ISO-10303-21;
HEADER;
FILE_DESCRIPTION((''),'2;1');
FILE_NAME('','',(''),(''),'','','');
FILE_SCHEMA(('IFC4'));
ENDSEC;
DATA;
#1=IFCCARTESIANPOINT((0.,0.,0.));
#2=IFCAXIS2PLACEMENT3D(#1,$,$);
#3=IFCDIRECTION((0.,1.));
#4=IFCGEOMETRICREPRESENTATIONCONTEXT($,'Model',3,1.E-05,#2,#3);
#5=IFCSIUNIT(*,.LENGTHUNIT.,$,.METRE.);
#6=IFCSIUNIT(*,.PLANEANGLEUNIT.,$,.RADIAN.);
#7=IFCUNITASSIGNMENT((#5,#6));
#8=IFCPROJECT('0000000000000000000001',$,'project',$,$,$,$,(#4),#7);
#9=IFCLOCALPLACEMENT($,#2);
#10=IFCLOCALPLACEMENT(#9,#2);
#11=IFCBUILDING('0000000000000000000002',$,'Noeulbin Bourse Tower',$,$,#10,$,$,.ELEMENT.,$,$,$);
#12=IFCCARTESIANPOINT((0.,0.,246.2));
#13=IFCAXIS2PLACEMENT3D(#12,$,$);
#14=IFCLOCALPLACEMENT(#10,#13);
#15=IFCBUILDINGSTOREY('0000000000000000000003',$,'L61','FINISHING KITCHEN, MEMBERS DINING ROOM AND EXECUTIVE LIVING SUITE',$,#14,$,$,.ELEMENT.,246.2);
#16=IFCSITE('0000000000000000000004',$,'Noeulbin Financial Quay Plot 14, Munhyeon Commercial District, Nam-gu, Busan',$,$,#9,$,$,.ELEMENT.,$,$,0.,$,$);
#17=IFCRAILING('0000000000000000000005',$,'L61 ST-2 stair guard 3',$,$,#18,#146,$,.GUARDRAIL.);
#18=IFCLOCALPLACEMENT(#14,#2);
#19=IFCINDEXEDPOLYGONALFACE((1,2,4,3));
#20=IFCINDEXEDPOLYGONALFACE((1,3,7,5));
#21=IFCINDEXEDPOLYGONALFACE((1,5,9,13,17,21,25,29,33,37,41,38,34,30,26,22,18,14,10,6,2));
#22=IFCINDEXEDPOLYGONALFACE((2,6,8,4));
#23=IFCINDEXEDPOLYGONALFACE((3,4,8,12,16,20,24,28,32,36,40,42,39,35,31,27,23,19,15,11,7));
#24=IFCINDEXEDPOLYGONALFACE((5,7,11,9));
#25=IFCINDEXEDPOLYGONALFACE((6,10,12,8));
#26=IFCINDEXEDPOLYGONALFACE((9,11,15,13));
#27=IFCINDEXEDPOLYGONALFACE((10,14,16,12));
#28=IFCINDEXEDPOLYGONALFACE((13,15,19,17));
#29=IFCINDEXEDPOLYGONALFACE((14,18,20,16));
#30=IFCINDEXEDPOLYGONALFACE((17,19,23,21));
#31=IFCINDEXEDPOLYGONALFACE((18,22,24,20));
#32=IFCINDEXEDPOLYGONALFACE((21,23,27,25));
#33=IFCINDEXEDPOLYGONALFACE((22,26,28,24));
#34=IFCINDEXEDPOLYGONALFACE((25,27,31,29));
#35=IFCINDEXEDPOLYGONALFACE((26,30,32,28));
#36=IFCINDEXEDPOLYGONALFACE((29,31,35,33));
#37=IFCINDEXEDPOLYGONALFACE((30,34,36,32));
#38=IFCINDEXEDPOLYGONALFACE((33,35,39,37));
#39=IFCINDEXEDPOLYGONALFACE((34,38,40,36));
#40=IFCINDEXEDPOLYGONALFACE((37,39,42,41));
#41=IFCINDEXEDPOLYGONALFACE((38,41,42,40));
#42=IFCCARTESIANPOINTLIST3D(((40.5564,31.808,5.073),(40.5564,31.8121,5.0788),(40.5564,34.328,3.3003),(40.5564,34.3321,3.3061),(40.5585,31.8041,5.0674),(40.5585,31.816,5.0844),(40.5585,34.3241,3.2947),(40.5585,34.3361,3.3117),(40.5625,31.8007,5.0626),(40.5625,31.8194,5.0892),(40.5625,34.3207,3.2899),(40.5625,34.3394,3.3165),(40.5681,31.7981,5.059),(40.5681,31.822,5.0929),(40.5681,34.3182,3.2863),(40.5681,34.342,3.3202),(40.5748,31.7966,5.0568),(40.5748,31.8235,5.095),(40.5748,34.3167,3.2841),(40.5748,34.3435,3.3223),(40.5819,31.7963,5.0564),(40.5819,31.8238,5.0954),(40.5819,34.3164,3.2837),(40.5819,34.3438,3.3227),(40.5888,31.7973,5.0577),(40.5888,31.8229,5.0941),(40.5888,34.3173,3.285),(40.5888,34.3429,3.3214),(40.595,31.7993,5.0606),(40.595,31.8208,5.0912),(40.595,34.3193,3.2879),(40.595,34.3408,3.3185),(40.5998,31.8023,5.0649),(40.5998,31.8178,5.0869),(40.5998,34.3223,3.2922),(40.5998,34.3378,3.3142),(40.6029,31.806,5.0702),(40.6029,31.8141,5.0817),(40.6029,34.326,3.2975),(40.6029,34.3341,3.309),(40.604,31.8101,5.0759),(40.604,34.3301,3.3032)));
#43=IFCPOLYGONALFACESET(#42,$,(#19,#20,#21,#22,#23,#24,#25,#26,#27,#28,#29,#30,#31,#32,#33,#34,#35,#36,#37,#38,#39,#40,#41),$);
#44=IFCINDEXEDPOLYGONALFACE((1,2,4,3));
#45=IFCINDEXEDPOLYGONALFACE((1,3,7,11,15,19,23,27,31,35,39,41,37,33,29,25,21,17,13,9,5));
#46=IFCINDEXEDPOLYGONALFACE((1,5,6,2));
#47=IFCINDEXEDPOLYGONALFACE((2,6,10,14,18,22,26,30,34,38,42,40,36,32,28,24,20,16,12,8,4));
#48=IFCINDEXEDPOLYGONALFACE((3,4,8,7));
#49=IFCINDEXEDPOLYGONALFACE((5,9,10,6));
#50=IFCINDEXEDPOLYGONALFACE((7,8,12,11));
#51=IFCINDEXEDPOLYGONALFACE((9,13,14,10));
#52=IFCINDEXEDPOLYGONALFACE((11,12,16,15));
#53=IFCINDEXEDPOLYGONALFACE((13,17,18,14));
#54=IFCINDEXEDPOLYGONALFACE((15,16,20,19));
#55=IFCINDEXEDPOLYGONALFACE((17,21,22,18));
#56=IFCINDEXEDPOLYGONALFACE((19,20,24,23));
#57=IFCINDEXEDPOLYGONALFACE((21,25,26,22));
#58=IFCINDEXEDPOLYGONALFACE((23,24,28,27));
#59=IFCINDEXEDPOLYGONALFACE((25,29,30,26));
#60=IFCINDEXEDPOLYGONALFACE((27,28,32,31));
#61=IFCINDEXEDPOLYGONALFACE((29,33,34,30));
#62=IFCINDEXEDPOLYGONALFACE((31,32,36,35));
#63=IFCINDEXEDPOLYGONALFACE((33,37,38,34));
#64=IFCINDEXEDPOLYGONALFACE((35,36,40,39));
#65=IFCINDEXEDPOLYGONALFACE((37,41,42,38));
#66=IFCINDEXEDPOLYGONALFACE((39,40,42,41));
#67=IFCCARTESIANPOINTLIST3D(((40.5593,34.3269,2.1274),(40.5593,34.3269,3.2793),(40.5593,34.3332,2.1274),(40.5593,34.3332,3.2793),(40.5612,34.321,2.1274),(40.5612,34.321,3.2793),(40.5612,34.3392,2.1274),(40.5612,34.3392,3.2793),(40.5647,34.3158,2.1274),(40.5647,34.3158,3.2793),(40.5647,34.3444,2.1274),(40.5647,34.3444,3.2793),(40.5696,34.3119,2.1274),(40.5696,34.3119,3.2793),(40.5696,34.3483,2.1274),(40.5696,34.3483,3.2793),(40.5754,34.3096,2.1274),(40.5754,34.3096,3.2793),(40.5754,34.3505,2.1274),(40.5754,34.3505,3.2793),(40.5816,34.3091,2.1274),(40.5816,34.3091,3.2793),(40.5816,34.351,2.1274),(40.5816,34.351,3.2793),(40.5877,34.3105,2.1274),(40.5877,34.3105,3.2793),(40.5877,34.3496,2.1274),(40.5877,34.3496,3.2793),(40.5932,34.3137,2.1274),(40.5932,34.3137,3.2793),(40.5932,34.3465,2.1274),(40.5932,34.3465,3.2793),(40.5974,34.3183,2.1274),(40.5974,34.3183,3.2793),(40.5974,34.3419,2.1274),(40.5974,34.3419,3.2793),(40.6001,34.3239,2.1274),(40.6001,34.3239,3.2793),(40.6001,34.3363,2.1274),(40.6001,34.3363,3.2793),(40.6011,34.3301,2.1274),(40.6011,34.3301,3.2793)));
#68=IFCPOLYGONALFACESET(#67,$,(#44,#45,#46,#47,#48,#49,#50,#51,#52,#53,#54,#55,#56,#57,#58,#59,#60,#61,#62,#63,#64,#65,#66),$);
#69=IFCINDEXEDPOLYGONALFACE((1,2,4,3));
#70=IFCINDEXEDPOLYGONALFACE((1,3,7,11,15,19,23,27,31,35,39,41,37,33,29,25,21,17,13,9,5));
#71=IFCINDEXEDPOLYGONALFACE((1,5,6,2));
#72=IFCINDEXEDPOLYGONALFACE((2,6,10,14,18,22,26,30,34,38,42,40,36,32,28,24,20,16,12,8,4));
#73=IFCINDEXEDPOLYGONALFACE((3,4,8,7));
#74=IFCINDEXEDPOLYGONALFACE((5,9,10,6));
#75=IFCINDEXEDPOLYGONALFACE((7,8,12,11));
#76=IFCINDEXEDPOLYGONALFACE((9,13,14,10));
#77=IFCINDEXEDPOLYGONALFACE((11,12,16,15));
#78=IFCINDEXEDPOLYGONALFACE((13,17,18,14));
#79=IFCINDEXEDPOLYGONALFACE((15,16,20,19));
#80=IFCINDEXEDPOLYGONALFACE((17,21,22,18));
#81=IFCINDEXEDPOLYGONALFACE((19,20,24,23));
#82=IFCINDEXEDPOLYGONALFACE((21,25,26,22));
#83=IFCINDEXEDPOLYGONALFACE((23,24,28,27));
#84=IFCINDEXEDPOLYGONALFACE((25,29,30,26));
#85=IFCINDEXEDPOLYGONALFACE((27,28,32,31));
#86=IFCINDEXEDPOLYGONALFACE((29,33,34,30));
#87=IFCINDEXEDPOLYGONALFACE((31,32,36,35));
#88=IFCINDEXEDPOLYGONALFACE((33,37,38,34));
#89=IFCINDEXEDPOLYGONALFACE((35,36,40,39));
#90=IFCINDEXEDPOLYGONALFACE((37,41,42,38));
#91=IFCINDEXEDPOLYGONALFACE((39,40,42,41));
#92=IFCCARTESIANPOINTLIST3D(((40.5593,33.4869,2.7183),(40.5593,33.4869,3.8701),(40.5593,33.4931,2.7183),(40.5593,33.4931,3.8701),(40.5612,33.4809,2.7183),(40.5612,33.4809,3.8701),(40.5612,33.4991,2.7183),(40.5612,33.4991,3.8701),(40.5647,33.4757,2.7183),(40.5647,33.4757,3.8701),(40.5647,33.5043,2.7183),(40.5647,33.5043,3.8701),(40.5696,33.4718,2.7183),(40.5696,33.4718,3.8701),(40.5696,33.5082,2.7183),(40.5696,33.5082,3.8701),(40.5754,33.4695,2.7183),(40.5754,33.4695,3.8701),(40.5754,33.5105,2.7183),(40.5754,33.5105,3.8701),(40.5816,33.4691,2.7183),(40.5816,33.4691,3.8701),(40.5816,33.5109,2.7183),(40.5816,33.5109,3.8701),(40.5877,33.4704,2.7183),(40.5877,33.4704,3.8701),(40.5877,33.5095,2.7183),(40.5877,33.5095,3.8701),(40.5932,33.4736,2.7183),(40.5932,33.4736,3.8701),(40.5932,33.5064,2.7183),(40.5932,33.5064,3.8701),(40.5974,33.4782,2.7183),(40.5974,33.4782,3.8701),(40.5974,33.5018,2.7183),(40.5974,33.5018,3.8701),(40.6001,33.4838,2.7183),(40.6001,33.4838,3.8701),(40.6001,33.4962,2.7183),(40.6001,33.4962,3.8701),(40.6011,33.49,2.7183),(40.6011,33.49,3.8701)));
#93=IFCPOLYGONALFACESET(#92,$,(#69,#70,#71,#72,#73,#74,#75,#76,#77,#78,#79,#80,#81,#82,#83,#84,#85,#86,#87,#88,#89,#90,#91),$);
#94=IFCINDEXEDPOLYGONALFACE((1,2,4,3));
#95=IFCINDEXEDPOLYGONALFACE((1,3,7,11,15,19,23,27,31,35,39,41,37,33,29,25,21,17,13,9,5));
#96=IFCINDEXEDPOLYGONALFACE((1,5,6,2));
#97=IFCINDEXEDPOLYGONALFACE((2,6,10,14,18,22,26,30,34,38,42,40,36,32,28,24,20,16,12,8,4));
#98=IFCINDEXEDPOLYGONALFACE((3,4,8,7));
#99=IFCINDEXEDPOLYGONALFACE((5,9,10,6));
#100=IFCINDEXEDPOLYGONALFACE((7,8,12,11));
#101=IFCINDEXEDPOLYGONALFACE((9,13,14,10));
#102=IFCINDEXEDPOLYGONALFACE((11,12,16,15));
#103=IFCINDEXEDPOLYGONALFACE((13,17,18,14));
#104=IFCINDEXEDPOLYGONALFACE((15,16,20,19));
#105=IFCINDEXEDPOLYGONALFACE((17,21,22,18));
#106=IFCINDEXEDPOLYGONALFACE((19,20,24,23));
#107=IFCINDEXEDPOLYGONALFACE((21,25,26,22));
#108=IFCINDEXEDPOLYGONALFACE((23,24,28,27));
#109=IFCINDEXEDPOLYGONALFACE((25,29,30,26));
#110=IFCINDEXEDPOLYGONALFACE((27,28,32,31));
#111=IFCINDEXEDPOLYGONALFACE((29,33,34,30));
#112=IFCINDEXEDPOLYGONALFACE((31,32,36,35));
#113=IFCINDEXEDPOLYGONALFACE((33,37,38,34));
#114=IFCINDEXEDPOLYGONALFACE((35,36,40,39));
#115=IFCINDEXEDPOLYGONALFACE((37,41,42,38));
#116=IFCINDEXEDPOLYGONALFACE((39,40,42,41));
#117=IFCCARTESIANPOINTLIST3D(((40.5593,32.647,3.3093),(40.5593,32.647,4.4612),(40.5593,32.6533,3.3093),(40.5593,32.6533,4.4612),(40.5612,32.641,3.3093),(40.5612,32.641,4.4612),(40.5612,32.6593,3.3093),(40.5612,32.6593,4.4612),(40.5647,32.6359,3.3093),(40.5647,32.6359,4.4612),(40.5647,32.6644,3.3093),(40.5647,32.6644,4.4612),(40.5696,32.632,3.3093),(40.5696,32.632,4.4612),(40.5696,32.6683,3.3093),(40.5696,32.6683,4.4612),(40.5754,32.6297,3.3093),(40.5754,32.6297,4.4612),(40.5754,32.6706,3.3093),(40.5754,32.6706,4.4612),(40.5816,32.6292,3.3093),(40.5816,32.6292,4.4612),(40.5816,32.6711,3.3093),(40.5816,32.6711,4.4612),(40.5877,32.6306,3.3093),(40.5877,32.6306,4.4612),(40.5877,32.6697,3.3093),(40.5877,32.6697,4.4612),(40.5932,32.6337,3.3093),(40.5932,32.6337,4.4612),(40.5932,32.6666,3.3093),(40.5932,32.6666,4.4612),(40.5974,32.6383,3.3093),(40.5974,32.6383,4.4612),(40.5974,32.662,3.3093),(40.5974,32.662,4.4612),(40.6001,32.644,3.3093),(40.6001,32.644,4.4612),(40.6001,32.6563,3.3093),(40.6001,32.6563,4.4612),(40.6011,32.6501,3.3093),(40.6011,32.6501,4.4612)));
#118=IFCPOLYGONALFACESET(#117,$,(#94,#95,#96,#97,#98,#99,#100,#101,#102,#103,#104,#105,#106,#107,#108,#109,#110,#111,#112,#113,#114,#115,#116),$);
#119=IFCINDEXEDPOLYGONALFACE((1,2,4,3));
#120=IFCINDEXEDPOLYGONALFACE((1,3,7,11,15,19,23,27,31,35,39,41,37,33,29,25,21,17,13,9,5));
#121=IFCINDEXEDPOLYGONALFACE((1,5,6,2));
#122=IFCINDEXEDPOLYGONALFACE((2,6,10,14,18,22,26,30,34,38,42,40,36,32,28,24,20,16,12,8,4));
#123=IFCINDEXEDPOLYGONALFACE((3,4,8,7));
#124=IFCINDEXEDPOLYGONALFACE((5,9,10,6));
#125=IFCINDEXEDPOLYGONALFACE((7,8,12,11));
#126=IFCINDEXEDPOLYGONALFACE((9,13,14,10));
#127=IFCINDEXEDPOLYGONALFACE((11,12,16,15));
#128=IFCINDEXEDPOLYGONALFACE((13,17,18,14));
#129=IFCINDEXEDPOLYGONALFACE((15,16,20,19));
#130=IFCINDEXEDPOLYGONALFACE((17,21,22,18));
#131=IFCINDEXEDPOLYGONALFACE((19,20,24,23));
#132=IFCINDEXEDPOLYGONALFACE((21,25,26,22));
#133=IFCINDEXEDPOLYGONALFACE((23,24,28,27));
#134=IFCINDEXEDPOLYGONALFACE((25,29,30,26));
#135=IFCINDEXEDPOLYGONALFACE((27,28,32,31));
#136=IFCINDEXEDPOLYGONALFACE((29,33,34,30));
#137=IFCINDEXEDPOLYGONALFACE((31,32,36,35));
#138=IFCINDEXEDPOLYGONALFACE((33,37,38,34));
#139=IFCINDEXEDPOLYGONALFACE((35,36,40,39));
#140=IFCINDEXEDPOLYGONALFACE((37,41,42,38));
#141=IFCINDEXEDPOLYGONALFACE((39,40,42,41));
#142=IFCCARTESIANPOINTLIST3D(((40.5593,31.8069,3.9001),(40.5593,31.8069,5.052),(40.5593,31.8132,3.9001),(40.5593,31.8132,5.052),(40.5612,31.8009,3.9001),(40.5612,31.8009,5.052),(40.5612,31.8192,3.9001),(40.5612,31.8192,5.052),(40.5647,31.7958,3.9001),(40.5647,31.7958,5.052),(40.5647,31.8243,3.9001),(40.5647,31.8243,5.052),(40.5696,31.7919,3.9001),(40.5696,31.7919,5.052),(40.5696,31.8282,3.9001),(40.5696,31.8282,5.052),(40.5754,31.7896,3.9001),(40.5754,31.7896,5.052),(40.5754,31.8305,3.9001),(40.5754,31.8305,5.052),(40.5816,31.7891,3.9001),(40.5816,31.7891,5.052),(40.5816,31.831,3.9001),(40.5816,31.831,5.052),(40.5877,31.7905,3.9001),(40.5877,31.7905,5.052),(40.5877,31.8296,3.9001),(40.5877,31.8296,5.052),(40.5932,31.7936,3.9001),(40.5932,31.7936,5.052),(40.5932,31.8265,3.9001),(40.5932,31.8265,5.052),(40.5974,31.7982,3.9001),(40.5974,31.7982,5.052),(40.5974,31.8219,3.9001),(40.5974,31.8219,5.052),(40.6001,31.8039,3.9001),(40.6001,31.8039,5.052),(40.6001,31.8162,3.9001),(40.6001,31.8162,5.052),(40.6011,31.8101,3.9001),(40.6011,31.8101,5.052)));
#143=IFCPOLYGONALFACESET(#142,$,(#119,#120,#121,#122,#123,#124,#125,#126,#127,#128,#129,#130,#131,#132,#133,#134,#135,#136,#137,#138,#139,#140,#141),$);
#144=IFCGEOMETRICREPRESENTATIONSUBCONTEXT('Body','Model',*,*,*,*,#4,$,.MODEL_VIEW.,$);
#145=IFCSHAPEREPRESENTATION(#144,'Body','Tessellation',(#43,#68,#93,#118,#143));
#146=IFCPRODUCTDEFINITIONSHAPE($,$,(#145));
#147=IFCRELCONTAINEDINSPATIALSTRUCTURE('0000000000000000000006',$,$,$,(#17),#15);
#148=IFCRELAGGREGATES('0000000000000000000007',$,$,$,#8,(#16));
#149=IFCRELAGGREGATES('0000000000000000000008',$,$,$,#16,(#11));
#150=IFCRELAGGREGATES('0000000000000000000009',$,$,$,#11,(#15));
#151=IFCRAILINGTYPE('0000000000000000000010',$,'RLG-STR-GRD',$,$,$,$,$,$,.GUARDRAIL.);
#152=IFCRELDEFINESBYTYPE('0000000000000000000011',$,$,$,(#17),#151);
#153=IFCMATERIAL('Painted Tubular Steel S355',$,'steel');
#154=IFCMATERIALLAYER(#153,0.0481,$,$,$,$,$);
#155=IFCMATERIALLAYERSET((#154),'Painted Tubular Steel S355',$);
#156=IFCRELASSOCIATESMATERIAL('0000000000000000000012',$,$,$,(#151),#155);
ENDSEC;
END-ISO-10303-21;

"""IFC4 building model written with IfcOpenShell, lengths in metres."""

from ifc_helpers import new_model, si_unit, direction, frame, origin, origin_2d, place, context, subcontext, project, spatial, circle, extrude, material, layer, layer_set, type_object, element, save


model = new_model("IFC4")

# Units and contexts
model_context = context("Model", 3, precision=1e-05, world=origin(), true_north=direction((0.0, 1.0)))
body_context = subcontext(model_context, "Body", "Model", "MODEL_VIEW")
ifc_project = project(units=[si_unit("LENGTHUNIT", "METRE"), si_unit("PLANEANGLEUNIT", "RADIAN")], contexts=[model_context])

# Site, building, storey
site_placement = place(None, origin())
site = spatial("IfcSite", under=ifc_project, at=site_placement, Name="Noeulbin Financial Quay Plot 14, Munhyeon Commercial District, Nam-gu, Busan", CompositionType="ELEMENT", RefElevation=0.0)
building_placement = place(site_placement, origin())
building = spatial("IfcBuilding", under=site, at=building_placement, Name="Noeulbin Bourse Tower", CompositionType="ELEMENT")
storey_placement = place(building_placement, frame((0.0, 0.0, 246.2)))
storey = spatial("IfcBuildingStorey", under=building, at=storey_placement, Name="L61", Description="FINISHING KITCHEN, MEMBERS DINING ROOM AND EXECUTIVE LIVING SUITE", CompositionType="ELEMENT", Elevation=246.2)

# Railing
ifc_material_1 = material(Name="Painted Tubular Steel S355", Category="steel")
ifc_layer_1 = layer(ifc_material_1, 0.0481)
ifc_layer_set_1 = layer_set([ifc_layer_1], Name="Painted Tubular Steel S355")
railing_type_1 = type_object("IfcRailingType", Name="RLG-STR-GRD", PredefinedType="GUARDRAIL", material=ifc_layer_set_1)
railing_1_placement = place(storey_placement, frame((40.5801, 34.3301, 2.1274)))
element("IfcRailing", 1, at=railing_1_placement, inside=storey, type_object=railing_type_1, Name="L61 ST-2 stair guard 3", PredefinedType="GUARDRAIL", context=body_context, shape_type="SweptSolid", body=[
    extrude(circle(Radius=0.0239, at=origin_2d()), frame((0.0, 0.0, 1.1758), z_axis=(0.0, -0.817904, 0.575354), x_axis=(1.0, 0.0, 0.0)), (0.0, 0.0, 1.0), 3.0811),
    extrude(circle(Radius=0.021, at=origin_2d()), origin(), (0.0, 0.0, 1.0), 1.1519),
    extrude(circle(Radius=0.021, at=origin_2d()), frame((0.0, -0.8401, 0.5908)), (0.0, 0.0, 1.0), 1.1519),
    extrude(circle(Radius=0.021, at=origin_2d()), frame((0.0, -1.6799, 1.1819)), (0.0, 0.0, 1.0), 1.1519),
    extrude(circle(Radius=0.021, at=origin_2d()), frame((0.0, -2.52, 1.7727)), (0.0, 0.0, 1.0), 1.1519),
])

save(model, "model.ifc")
